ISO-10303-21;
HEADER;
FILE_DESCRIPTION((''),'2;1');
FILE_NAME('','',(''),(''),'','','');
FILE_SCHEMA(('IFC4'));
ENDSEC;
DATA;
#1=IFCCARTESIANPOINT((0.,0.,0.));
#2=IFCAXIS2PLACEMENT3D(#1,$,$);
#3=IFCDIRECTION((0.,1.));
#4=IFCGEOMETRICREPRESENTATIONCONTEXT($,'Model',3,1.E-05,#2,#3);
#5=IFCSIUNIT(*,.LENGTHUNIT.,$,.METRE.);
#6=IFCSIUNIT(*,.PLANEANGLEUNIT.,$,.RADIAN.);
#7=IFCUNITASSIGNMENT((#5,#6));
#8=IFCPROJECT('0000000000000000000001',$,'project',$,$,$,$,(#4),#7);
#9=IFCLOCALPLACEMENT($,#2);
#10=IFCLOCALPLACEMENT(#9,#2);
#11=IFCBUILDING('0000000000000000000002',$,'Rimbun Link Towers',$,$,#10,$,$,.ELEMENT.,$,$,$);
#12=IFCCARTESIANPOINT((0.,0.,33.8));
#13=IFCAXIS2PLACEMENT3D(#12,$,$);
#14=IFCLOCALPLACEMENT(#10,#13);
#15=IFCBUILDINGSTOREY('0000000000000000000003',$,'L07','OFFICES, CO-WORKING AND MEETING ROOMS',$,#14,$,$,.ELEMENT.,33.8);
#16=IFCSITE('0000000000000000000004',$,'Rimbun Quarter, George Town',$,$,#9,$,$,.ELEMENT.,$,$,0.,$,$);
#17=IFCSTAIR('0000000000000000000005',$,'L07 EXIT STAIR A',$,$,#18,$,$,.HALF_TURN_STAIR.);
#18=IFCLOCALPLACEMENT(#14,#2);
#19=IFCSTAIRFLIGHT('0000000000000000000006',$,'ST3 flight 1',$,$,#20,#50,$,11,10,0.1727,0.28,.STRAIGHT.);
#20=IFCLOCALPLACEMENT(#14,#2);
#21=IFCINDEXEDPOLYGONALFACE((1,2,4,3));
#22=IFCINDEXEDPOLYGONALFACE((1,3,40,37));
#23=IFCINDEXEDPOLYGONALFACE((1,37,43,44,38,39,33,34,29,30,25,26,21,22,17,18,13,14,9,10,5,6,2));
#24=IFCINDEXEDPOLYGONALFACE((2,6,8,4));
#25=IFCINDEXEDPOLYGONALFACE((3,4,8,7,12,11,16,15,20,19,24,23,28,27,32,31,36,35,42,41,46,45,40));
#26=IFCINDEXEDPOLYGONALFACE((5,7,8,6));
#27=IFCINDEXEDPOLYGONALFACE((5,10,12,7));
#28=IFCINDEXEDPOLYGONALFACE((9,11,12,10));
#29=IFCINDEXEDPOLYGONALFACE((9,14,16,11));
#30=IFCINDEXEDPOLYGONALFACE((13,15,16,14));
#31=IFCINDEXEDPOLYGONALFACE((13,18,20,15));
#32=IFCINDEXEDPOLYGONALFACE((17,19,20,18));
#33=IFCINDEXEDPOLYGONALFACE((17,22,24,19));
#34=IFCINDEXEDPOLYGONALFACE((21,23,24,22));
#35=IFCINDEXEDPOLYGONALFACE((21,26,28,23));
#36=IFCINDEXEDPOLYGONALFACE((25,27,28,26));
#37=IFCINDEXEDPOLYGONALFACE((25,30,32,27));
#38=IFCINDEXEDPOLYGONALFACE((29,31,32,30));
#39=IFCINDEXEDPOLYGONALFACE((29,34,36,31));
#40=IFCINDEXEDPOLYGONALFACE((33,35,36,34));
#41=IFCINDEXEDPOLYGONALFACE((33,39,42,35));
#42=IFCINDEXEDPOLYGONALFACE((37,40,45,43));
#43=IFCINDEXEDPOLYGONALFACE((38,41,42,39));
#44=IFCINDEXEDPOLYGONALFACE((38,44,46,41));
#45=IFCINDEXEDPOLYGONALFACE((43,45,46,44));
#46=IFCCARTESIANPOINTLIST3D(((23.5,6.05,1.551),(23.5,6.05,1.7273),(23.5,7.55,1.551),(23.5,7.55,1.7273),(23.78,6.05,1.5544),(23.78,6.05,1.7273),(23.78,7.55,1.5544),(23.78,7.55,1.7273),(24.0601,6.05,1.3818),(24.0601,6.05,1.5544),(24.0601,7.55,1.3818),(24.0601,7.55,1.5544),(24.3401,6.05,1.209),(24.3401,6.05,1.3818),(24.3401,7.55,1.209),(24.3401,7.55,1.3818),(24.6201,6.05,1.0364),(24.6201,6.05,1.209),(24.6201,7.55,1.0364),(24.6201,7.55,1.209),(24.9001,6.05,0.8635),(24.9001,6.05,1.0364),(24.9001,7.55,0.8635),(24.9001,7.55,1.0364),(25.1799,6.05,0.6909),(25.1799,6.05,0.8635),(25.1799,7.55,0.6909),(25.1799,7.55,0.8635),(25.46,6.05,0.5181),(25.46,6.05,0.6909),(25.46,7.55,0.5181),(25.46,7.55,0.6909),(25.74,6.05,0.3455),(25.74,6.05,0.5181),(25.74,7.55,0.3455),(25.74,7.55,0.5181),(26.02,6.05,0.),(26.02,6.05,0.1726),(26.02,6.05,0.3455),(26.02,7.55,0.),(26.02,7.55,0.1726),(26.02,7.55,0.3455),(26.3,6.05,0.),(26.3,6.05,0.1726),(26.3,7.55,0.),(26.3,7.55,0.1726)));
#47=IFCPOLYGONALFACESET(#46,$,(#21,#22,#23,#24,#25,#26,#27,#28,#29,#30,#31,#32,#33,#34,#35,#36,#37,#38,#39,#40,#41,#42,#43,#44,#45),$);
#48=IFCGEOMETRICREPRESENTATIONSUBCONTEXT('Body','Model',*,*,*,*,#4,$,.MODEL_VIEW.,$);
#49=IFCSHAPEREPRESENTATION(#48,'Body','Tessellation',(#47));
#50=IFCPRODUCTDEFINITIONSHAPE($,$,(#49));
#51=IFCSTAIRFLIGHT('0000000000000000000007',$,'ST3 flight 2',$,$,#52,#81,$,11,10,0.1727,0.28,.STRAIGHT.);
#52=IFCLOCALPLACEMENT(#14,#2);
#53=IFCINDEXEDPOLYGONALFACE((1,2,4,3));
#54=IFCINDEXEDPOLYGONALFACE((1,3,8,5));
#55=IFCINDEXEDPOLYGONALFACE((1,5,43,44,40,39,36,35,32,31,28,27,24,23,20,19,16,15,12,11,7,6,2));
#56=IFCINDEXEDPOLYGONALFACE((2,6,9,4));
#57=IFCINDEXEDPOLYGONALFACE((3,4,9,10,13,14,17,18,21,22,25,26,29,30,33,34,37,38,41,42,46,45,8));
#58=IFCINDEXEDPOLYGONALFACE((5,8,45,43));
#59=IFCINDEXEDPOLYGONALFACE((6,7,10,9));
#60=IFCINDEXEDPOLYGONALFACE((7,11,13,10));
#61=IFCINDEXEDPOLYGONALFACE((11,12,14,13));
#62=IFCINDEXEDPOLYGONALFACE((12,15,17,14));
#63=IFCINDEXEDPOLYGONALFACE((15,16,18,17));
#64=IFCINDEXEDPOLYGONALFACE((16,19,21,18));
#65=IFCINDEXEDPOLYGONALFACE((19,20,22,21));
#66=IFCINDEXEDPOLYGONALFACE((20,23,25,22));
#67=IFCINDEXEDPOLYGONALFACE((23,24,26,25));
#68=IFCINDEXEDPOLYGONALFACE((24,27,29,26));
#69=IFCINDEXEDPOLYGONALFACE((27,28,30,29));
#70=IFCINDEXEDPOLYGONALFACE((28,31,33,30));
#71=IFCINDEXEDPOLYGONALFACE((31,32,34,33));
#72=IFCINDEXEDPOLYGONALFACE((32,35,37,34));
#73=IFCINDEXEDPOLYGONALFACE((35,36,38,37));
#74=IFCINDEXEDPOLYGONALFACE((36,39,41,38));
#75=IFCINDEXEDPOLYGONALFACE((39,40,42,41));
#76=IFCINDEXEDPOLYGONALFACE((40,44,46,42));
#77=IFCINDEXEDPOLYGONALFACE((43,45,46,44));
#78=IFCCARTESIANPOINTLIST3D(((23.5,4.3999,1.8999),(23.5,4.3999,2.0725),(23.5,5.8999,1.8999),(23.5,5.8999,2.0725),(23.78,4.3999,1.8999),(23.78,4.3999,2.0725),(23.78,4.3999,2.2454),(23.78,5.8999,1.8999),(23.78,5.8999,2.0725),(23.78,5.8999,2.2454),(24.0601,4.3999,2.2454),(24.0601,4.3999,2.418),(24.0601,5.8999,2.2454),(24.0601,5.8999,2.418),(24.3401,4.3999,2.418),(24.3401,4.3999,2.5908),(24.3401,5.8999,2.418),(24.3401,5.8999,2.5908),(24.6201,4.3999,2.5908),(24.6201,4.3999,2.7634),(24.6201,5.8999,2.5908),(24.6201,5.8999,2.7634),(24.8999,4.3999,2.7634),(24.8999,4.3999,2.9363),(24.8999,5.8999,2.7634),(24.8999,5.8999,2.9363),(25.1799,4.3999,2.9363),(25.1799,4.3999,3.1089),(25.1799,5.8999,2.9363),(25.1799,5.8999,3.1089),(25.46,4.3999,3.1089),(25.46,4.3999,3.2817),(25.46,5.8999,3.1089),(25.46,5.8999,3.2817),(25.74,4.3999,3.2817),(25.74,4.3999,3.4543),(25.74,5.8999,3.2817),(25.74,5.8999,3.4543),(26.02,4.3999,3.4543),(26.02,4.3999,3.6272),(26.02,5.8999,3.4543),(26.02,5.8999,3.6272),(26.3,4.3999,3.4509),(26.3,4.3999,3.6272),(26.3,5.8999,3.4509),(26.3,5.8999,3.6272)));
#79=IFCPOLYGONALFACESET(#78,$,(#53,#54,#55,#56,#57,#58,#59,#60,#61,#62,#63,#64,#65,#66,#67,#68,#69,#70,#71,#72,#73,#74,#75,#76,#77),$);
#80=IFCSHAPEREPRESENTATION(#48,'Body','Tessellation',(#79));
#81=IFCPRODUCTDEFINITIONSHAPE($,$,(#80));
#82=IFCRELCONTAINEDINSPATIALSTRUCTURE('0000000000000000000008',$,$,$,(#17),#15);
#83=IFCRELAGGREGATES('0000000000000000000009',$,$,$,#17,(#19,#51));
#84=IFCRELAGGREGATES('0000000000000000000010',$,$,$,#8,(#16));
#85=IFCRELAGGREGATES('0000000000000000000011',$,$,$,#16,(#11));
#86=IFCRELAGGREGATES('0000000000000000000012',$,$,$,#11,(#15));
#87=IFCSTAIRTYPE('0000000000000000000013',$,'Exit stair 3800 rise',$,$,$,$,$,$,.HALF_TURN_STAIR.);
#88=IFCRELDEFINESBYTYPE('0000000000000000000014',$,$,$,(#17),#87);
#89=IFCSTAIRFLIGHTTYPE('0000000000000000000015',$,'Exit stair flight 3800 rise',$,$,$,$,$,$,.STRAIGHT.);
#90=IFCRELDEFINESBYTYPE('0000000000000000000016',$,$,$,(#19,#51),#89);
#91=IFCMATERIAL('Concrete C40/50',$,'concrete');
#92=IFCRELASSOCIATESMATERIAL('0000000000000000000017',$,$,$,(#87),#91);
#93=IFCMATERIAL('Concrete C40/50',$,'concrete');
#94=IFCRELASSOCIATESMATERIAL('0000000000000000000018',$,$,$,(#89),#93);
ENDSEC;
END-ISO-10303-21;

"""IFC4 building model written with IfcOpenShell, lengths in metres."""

from ifc_helpers import new_model, si_unit, direction, frame, origin, place, context, subcontext, project, spatial, polyline, outline, extrude, material, type_object, element, aggregate, save


model = new_model("IFC4")

# Units and contexts
model_context = context("Model", 3, precision=1e-05, world=origin(), true_north=direction((0.0, 1.0)))
body_context = subcontext(model_context, "Body", "Model", "MODEL_VIEW")
ifc_project = project(units=[si_unit("LENGTHUNIT", "METRE"), si_unit("PLANEANGLEUNIT", "RADIAN")], contexts=[model_context])

# Site, building, storey
site_placement = place(None, origin())
site = spatial("IfcSite", under=ifc_project, at=site_placement, Name="Rimbun Quarter, George Town", CompositionType="ELEMENT", RefElevation=0.0)
building_placement = place(site_placement, origin())
building = spatial("IfcBuilding", under=site, at=building_placement, Name="Rimbun Link Towers", CompositionType="ELEMENT")
storey_placement = place(building_placement, frame((0.0, 0.0, 33.8)))
storey = spatial("IfcBuildingStorey", under=building, at=storey_placement, Name="L07", Description="OFFICES, CO-WORKING AND MEETING ROOMS", CompositionType="ELEMENT", Elevation=33.8)

# Stair, stair flights
ifc_material_1 = material(Name="Concrete C40/50", Category="concrete")
stair_type = type_object("IfcStairType", Name="Exit stair 3800 rise", PredefinedType="HALF_TURN_STAIR", material=ifc_material_1)
stair_placement = place(storey_placement, origin())
stair = element("IfcStair", 1, at=stair_placement, inside=storey, type_object=stair_type, Name="L07 EXIT STAIR A", PredefinedType="HALF_TURN_STAIR")
ifc_material_2 = material(Name="Concrete C40/50", Category="concrete")
stair_flight_type = type_object("IfcStairFlightType", Name="Exit stair flight 3800 rise", PredefinedType="STRAIGHT", material=ifc_material_2)
stair_flight_1_placement = place(storey_placement, frame((26.3, 6.8, 0.0), z_axis=(0.0, 0.0, 1.0), x_axis=(-1.0, 0.0, 0.0)))
stair_flight_1 = element("IfcStairFlight", 2, at=stair_flight_1_placement, type_object=stair_flight_type, Name="ST3 flight 1", NumberOfRisers=11, NumberOfTreads=10, PredefinedType="STRAIGHT", RiserHeight=0.1727, TreadLength=0.28, context=body_context, shape_type="SweptSolid", body=[
    extrude(outline(polyline([(0.0, 0.0), (0.0, 0.1726), (0.28, 0.1726), (0.28, 0.3455), (0.5601, 0.3455), (0.5601, 0.5181), (0.8401, 0.5181), (0.8401, 0.6909), (1.1201, 0.6909), (1.1201, 0.8635), (1.3999, 0.8635), (1.3999, 1.0364), (1.6799, 1.0364), (1.6799, 1.209), (1.96, 1.209), (1.96, 1.3818), (2.24, 1.3818), (2.24, 1.5544), (2.52, 1.5544), (2.52, 1.7273), (2.8, 1.7273), (2.8, 1.8999), (2.8, 1.551), (0.28, 0.0), (0.0, 0.0)])), frame((0.0, 0.75, 0.0), z_axis=(0.0, -1.0, 0.0), x_axis=(1.0, 0.0, 0.0)), (0.0, 0.0, 1.0), 1.5),
])
stair_flight_2_placement = place(storey_placement, frame((23.5, 5.1499, 1.8999), z_axis=(0.0, 0.0, 1.0), x_axis=(1.0, 0.0, 0.0)))
stair_flight_2 = element("IfcStairFlight", 3, at=stair_flight_2_placement, type_object=stair_flight_type, Name="ST3 flight 2", NumberOfRisers=11, NumberOfTreads=10, PredefinedType="STRAIGHT", RiserHeight=0.1727, TreadLength=0.28, context=body_context, shape_type="SweptSolid", body=[
    extrude(outline(polyline([(0.0, 0.0), (0.0, 0.1726), (0.28, 0.1726), (0.28, 0.3455), (0.5601, 0.3455), (0.5601, 0.5181), (0.8401, 0.5181), (0.8401, 0.6909), (1.1201, 0.6909), (1.1201, 0.8635), (1.3999, 0.8635), (1.3999, 1.0364), (1.6799, 1.0364), (1.6799, 1.209), (1.96, 1.209), (1.96, 1.3818), (2.24, 1.3818), (2.24, 1.5544), (2.52, 1.5544), (2.52, 1.7273), (2.8, 1.7273), (2.8, 1.8999), (2.8, 1.551), (0.28, 0.0), (0.0, 0.0)])), frame((0.0, 0.75, 0.0), z_axis=(0.0, -1.0, 0.0), x_axis=(1.0, 0.0, 0.0)), (0.0, 0.0, 1.0), 1.5),
])
aggregate(stair, [stair_flight_1, stair_flight_2])

save(model, "model.ifc")
